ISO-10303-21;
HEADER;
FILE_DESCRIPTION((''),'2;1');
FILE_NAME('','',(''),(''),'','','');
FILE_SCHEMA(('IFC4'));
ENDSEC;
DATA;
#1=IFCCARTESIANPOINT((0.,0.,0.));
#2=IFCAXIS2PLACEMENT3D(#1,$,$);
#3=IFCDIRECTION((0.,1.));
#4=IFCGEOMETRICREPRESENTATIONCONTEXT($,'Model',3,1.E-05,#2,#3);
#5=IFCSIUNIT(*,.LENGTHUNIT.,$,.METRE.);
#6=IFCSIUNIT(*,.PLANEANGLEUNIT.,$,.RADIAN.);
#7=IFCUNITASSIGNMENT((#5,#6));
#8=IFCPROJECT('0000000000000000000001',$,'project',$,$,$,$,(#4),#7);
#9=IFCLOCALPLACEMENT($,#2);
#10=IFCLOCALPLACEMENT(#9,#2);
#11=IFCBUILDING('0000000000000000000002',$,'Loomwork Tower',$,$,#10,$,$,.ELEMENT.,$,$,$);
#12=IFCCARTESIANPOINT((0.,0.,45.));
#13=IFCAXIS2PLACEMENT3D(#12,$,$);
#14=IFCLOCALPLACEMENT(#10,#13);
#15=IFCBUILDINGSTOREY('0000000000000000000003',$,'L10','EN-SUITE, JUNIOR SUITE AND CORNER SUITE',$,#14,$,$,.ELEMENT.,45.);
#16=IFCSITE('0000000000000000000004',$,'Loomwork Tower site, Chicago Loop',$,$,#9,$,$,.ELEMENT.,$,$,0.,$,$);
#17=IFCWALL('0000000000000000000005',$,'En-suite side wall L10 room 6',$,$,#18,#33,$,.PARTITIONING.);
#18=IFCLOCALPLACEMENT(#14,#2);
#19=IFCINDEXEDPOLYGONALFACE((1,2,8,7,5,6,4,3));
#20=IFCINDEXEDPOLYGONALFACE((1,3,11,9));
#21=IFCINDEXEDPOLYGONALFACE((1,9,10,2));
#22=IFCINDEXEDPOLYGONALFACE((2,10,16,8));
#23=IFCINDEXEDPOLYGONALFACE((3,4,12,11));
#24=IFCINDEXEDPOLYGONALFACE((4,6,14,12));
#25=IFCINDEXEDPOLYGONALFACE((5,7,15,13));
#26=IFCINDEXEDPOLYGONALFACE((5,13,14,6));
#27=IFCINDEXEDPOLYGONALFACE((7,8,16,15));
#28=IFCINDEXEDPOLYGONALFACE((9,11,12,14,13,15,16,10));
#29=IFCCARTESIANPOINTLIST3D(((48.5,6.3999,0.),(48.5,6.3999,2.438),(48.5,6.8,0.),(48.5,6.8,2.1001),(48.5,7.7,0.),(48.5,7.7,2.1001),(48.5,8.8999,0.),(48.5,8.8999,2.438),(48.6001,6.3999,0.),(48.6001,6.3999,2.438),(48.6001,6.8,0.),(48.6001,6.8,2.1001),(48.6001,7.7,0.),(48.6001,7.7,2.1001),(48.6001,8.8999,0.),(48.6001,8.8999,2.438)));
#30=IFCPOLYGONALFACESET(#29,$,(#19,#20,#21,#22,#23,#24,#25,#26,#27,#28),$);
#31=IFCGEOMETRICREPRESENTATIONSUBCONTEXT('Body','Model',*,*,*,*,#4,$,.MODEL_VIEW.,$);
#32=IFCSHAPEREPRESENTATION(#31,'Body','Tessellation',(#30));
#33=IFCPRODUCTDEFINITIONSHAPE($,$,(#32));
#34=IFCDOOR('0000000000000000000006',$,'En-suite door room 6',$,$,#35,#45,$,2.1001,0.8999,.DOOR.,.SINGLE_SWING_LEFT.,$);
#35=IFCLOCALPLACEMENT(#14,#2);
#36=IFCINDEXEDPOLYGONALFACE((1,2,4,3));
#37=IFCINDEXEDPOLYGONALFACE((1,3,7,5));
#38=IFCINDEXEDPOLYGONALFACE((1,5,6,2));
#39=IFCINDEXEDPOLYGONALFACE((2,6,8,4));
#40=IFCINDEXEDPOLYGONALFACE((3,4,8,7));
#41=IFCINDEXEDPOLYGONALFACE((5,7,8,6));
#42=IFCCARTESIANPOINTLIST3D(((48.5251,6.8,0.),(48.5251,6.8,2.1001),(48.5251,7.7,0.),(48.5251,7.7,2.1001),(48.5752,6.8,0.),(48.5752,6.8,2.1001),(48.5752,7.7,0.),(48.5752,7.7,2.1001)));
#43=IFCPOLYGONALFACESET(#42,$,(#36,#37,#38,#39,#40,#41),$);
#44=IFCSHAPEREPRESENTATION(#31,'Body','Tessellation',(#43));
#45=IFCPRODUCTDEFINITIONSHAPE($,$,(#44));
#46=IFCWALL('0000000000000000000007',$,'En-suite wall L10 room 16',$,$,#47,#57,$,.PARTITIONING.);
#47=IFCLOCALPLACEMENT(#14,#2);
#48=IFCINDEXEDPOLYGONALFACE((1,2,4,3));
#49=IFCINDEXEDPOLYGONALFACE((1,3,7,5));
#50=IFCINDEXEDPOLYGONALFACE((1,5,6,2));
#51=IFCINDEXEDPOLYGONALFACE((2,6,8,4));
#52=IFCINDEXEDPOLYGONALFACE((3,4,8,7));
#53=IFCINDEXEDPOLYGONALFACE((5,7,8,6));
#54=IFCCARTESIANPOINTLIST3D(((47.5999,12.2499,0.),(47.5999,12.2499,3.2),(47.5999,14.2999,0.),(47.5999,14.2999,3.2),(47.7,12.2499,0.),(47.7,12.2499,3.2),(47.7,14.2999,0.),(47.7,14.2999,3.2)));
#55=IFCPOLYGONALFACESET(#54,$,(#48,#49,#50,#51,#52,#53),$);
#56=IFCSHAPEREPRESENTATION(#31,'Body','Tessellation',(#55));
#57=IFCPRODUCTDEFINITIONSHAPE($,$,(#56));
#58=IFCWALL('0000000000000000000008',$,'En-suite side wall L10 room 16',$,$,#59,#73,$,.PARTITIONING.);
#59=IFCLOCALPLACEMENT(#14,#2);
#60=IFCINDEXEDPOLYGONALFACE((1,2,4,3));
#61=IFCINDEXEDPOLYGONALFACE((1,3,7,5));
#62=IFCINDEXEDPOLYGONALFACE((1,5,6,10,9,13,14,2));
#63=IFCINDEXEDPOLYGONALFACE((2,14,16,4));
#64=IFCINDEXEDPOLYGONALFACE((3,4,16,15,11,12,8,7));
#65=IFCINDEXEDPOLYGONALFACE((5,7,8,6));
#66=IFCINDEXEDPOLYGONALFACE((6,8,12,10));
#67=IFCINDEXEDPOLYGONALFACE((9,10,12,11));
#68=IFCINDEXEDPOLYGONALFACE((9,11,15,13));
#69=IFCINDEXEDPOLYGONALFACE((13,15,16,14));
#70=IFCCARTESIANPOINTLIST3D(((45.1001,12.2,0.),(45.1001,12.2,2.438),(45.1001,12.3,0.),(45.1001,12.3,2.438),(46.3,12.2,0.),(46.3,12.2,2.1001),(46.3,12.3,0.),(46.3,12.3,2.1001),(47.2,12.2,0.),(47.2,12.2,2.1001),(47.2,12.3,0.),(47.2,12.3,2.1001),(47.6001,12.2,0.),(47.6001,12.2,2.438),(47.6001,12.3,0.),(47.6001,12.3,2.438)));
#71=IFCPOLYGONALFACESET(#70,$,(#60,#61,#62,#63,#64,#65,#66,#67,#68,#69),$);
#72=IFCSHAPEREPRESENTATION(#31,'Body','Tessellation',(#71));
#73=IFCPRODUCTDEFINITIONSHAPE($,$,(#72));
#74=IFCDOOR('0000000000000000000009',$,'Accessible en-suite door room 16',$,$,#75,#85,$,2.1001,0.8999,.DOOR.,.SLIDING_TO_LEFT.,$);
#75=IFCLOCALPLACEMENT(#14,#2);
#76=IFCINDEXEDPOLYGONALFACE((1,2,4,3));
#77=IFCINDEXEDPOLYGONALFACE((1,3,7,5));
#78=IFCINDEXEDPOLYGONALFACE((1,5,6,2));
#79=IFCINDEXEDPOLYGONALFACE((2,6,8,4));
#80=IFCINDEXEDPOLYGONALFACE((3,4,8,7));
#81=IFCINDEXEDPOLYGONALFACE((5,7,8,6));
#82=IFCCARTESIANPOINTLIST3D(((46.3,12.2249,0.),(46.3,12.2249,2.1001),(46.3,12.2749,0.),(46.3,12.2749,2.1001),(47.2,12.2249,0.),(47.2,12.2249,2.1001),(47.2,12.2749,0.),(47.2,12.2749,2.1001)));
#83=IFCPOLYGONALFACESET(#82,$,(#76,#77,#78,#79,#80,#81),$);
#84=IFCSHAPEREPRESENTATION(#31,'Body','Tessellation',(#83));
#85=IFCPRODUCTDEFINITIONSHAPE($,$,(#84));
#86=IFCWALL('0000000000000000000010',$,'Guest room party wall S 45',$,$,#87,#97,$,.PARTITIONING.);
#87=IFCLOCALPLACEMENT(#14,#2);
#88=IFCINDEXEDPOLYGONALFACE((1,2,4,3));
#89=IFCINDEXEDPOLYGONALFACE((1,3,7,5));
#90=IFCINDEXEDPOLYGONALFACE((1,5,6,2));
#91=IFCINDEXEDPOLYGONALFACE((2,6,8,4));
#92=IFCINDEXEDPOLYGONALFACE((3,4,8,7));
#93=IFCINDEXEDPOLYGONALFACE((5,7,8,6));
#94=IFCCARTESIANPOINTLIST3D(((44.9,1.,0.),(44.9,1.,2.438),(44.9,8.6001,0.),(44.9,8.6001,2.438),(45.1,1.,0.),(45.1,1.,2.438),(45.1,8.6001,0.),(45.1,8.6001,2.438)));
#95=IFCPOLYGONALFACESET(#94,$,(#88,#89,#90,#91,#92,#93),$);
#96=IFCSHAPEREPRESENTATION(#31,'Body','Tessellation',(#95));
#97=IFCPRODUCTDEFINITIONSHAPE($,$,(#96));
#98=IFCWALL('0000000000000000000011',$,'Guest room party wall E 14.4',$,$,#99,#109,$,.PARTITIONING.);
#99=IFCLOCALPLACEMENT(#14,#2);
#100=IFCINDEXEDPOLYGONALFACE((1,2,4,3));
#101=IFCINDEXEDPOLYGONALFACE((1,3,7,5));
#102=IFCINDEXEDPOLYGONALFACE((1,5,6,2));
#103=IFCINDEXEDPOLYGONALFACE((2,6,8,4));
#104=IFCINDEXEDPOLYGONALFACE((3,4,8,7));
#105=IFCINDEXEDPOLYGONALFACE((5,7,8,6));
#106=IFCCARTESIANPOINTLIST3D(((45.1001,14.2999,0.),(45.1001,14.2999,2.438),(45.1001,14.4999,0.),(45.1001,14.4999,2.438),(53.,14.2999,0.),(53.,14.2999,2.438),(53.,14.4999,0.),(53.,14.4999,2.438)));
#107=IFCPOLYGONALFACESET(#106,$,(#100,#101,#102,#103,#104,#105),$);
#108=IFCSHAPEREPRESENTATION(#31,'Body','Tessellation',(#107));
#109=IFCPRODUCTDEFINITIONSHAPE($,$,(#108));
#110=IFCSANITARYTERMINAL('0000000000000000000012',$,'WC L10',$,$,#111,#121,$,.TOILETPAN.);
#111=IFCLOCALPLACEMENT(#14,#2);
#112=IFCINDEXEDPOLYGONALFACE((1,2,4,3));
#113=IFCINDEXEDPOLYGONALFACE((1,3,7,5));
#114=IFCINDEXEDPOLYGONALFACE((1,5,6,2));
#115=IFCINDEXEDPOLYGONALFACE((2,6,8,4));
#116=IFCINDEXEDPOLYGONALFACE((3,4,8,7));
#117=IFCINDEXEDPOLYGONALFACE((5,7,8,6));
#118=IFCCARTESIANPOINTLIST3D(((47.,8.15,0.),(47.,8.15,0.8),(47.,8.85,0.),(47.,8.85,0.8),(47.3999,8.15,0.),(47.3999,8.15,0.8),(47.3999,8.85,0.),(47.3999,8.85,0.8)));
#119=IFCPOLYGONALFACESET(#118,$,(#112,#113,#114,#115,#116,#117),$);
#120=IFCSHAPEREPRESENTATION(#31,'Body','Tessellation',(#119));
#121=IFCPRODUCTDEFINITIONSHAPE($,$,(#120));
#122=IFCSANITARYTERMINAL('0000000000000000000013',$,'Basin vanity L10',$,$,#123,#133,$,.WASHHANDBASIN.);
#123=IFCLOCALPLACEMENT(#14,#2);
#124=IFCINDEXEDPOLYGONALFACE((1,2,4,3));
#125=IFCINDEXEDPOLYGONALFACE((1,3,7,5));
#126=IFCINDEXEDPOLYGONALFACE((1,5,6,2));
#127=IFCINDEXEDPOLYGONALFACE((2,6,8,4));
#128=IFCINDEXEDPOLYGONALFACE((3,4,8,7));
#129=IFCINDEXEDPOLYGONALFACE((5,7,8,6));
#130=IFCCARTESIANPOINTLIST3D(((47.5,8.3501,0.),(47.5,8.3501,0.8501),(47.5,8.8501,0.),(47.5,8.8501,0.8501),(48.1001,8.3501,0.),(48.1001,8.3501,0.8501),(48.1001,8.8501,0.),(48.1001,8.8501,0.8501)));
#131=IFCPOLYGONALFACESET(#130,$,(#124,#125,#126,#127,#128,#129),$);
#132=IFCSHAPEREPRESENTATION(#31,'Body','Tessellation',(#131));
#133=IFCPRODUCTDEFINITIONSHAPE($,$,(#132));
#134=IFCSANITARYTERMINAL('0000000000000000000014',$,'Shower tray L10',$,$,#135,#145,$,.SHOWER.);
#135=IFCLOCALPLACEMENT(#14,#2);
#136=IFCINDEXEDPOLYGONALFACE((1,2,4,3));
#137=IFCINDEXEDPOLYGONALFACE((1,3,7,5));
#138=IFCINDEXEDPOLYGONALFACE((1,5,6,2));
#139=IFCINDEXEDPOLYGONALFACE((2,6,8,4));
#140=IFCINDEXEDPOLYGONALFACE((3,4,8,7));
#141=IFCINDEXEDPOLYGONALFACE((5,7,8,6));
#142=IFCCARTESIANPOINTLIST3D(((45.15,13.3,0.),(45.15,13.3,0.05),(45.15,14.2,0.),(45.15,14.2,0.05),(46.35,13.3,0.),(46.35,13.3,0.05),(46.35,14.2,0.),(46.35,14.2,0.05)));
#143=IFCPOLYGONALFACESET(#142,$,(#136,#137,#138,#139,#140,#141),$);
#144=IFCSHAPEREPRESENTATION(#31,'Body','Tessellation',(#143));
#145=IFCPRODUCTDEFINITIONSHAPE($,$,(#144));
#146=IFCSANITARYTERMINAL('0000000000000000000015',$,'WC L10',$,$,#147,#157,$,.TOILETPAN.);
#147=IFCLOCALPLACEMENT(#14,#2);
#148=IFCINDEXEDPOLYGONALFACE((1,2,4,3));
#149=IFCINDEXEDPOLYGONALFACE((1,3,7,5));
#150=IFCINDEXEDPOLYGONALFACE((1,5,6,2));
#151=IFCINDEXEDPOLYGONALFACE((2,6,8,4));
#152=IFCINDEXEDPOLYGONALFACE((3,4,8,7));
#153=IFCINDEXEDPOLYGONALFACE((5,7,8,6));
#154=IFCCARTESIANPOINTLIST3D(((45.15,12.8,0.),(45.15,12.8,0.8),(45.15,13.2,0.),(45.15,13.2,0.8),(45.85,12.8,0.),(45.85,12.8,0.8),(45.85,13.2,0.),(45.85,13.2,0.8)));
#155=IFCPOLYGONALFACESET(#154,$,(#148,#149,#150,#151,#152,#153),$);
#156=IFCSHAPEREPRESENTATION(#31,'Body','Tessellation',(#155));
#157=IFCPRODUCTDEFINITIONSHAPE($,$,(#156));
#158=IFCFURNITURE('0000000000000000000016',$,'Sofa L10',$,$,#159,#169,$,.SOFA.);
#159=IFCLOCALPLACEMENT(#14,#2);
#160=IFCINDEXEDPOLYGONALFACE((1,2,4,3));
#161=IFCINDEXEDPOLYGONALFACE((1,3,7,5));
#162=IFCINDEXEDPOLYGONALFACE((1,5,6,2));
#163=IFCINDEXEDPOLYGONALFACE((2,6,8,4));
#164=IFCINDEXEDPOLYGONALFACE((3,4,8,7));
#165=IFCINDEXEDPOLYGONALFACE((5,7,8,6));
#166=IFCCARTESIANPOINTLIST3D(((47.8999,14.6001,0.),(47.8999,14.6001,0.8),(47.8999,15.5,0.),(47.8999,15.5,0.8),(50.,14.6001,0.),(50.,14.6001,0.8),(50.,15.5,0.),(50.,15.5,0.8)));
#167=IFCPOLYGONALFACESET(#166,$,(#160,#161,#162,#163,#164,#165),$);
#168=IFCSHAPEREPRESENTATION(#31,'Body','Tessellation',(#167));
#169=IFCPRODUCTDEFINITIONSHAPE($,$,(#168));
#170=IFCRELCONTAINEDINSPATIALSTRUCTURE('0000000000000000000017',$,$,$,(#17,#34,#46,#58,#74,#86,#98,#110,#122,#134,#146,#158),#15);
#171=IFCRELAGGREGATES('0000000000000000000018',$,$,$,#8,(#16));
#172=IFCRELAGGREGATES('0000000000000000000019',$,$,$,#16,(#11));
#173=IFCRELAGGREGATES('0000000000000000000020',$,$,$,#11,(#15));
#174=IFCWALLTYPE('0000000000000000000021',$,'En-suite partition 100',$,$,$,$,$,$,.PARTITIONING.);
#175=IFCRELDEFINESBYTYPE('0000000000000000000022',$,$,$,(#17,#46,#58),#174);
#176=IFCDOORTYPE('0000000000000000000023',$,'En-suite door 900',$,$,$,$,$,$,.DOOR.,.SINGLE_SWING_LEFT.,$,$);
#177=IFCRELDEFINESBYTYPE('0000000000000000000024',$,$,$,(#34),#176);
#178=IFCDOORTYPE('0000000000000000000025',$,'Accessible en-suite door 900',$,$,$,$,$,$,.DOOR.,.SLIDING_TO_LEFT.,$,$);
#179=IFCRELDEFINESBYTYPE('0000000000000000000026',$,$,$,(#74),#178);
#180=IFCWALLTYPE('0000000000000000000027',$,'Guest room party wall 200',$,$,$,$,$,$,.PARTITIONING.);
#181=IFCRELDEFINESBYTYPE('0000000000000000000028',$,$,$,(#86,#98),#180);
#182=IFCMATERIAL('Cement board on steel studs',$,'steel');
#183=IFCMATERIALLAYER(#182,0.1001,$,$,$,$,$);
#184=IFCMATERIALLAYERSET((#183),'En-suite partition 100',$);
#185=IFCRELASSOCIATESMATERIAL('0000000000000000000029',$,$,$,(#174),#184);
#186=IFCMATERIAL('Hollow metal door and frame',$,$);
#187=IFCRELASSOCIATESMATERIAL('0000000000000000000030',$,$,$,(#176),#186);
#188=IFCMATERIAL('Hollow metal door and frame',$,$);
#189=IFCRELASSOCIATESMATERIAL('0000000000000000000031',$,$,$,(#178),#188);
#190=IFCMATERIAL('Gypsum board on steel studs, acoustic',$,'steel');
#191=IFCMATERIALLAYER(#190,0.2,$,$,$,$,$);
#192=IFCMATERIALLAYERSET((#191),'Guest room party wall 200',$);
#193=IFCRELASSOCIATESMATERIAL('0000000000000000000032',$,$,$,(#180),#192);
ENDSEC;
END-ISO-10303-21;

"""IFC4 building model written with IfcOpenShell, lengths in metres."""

from ifc_helpers import new_model, si_unit, direction, frame, frame_2d, origin, origin_2d, place, context, subcontext, project, spatial, rectangle, extrude, material, layer, layer_set, type_object, element, fill, save


model = new_model("IFC4")

# Units and contexts
model_context = context("Model", 3, precision=1e-05, world=origin(), true_north=direction((0.0, 1.0)))
body_context = subcontext(model_context, "Body", "Model", "MODEL_VIEW")
ifc_project = project(units=[si_unit("LENGTHUNIT", "METRE"), si_unit("PLANEANGLEUNIT", "RADIAN")], contexts=[model_context])

# Site, building, storey
site_placement = place(None, origin())
site = spatial("IfcSite", under=ifc_project, at=site_placement, Name="Loomwork Tower site, Chicago Loop", CompositionType="ELEMENT", RefElevation=0.0)
building_placement = place(site_placement, origin())
building = spatial("IfcBuilding", under=site, at=building_placement, Name="Loomwork Tower", CompositionType="ELEMENT")
storey_placement = place(building_placement, frame((0.0, 0.0, 45.0)))
storey = spatial("IfcBuildingStorey", under=building, at=storey_placement, Name="L10", Description="EN-SUITE, JUNIOR SUITE AND CORNER SUITE", CompositionType="ELEMENT", Elevation=45.0)

# Wall, opening, door
ifc_material_1 = material(Name="Cement board on steel studs", Category="steel")
ifc_layer_1 = layer(ifc_material_1, 0.1001)
ifc_layer_set_1 = layer_set([ifc_layer_1], Name="En-suite partition 100")
wall_type_1 = type_object("IfcWallType", Name="En-suite partition 100", PredefinedType="PARTITIONING", material=ifc_layer_set_1)
wall_1_placement = place(storey_placement, frame((48.55, 8.8999, 0.0), z_axis=(0.0, 0.0, 1.0), x_axis=(0.0, -1.0, 0.0)))
wall_1 = element("IfcWall", 1, at=wall_1_placement, inside=storey, type_object=wall_type_1, Name="En-suite side wall L10 room 6", PredefinedType="PARTITIONING", context=body_context, shape_type="SweptSolid", body=[
    extrude(rectangle(XDim=2.5, YDim=0.1001, at=frame_2d((1.25, 0.0))), origin(), (0.0, 0.0, 1.0), 2.438),
])
opening_1_placement = place(wall_1_placement, frame((1.2, 0.0, 0.0)))
opening_1 = element("IfcOpeningElement", 2, at=opening_1_placement, cuts=wall_1, PredefinedType="OPENING", context=body_context, shape_type="SweptSolid", body=[
    extrude(rectangle(XDim=0.8999, YDim=2.1001, at=frame_2d((0.45, 1.05))), frame((0.0, 0.0601, 0.0), z_axis=(0.0, -1.0, 0.0), x_axis=(1.0, 0.0, 0.0)), (0.0, 0.0, 1.0), 0.1201),
])
ifc_material_2 = material(Name="Hollow metal door and frame")
door_type_1 = type_object("IfcDoorType", Name="En-suite door 900", OperationType="SINGLE_SWING_LEFT", PredefinedType="DOOR", material=ifc_material_2)
door_1_placement = place(opening_1_placement, frame((0.8999, 0.0, 0.0), z_axis=(0.0, 0.0, 1.0), x_axis=(-1.0, 0.0, 0.0)))
door_1 = element("IfcDoor", 3, at=door_1_placement, inside=storey, type_object=door_type_1, Name="En-suite door room 6", OperationType="SINGLE_SWING_LEFT", OverallHeight=2.1001, OverallWidth=0.8999, PredefinedType="DOOR", context=body_context, shape_type="SweptSolid", body=[
    extrude(rectangle(XDim=0.8999, YDim=2.1001, at=frame_2d((0.45, 1.05))), frame((0.0, 0.0249, 0.0), z_axis=(0.0, -1.0, 0.0), x_axis=(1.0, 0.0, 0.0)), (0.0, 0.0, 1.0), 0.05),
])
fill(opening_1, door_1)

# Wall
wall_2_placement = place(storey_placement, frame((47.6499, 12.25, 0.0), z_axis=(0.0, 0.0, 1.0), x_axis=(0.0, 1.0, 0.0)))
element("IfcWall", 4, at=wall_2_placement, inside=storey, type_object=wall_type_1, Name="En-suite wall L10 room 16", PredefinedType="PARTITIONING", context=body_context, shape_type="SweptSolid", body=[
    extrude(rectangle(XDim=2.05, YDim=0.1001, at=frame_2d((1.0249, 0.0))), origin(), (0.0, 0.0, 1.0), 3.2),
])

# Wall, opening, door
wall_3_placement = place(storey_placement, frame((45.1001, 12.25, 0.0), z_axis=(0.0, 0.0, 1.0), x_axis=(1.0, 0.0, 0.0)))
wall_3 = element("IfcWall", 5, at=wall_3_placement, inside=storey, type_object=wall_type_1, Name="En-suite side wall L10 room 16", PredefinedType="PARTITIONING", context=body_context, shape_type="SweptSolid", body=[
    extrude(rectangle(XDim=2.5, YDim=0.1001, at=frame_2d((1.25, 0.0))), origin(), (0.0, 0.0, 1.0), 2.438),
])
opening_2_placement = place(wall_3_placement, frame((1.2, 0.0, 0.0)))
opening_2 = element("IfcOpeningElement", 6, at=opening_2_placement, cuts=wall_3, PredefinedType="OPENING", context=body_context, shape_type="SweptSolid", body=[
    extrude(rectangle(XDim=0.8999, YDim=2.1001, at=frame_2d((0.45, 1.05))), frame((0.0, 0.0601, 0.0), z_axis=(0.0, -1.0, 0.0), x_axis=(1.0, 0.0, 0.0)), (0.0, 0.0, 1.0), 0.1201),
])
ifc_material_3 = material(Name="Hollow metal door and frame")
door_type_2 = type_object("IfcDoorType", Name="Accessible en-suite door 900", OperationType="SLIDING_TO_LEFT", PredefinedType="DOOR", material=ifc_material_3)
door_2_placement = place(opening_2_placement, origin())
door_2 = element("IfcDoor", 7, at=door_2_placement, inside=storey, type_object=door_type_2, Name="Accessible en-suite door room 16", OperationType="SLIDING_TO_LEFT", OverallHeight=2.1001, OverallWidth=0.8999, PredefinedType="DOOR", context=body_context, shape_type="SweptSolid", body=[
    extrude(rectangle(XDim=0.8999, YDim=2.1001, at=frame_2d((0.45, 1.05))), frame((0.0, 0.0249, 0.0), z_axis=(0.0, -1.0, 0.0), x_axis=(1.0, 0.0, 0.0)), (0.0, 0.0, 1.0), 0.05),
])
fill(opening_2, door_2)

# Walls
ifc_material_4 = material(Name="Gypsum board on steel studs, acoustic", Category="steel")
ifc_layer_2 = layer(ifc_material_4, 0.2)
ifc_layer_set_2 = layer_set([ifc_layer_2], Name="Guest room party wall 200")
wall_type_2 = type_object("IfcWallType", Name="Guest room party wall 200", PredefinedType="PARTITIONING", material=ifc_layer_set_2)
wall_4_placement = place(storey_placement, frame((45.0, 8.6001, 0.0), z_axis=(0.0, 0.0, 1.0), x_axis=(0.0, -1.0, 0.0)))
element("IfcWall", 8, at=wall_4_placement, inside=storey, type_object=wall_type_2, Name="Guest room party wall S 45", PredefinedType="PARTITIONING", context=body_context, shape_type="SweptSolid", body=[
    extrude(rectangle(XDim=7.6001, YDim=0.2, at=frame_2d((3.8, 0.0))), origin(), (0.0, 0.0, 1.0), 2.438),
])
wall_5_placement = place(storey_placement, frame((45.1001, 14.3999, 0.0), z_axis=(0.0, 0.0, 1.0), x_axis=(1.0, 0.0, 0.0)))
element("IfcWall", 9, at=wall_5_placement, inside=storey, type_object=wall_type_2, Name="Guest room party wall E 14.4", PredefinedType="PARTITIONING", context=body_context, shape_type="SweptSolid", body=[
    extrude(rectangle(XDim=7.8999, YDim=0.2, at=frame_2d((3.95, 0.0))), origin(), (0.0, 0.0, 1.0), 2.438),
])

# Sanitary terminals
sanitary_terminal_1_placement = place(storey_placement, frame((47.2, 8.5, 0.0), z_axis=(0.0, 0.0, 1.0), x_axis=(1.0, 0.0, 0.0)))
element("IfcSanitaryTerminal", 10, at=sanitary_terminal_1_placement, inside=storey, Name="WC L10", PredefinedType="TOILETPAN", context=body_context, shape_type="SweptSolid", body=[
    extrude(rectangle(XDim=0.3999, YDim=0.7, at=origin_2d()), origin(), (0.0, 0.0, 1.0), 0.8),
])
sanitary_terminal_2_placement = place(storey_placement, frame((47.8, 8.6001, 0.0), z_axis=(0.0, 0.0, 1.0), x_axis=(1.0, 0.0, 0.0)))
element("IfcSanitaryTerminal", 11, at=sanitary_terminal_2_placement, inside=storey, Name="Basin vanity L10", PredefinedType="WASHHANDBASIN", context=body_context, shape_type="SweptSolid", body=[
    extrude(rectangle(XDim=0.6001, YDim=0.5, at=origin_2d()), origin(), (0.0, 0.0, 1.0), 0.8501),
])
sanitary_terminal_3_placement = place(storey_placement, frame((45.75, 13.75, 0.0), z_axis=(0.0, 0.0, 1.0), x_axis=(1.0, 0.0, 0.0)))
element("IfcSanitaryTerminal", 12, at=sanitary_terminal_3_placement, inside=storey, Name="Shower tray L10", PredefinedType="SHOWER", context=body_context, shape_type="SweptSolid", body=[
    extrude(rectangle(XDim=1.2, YDim=0.8999, at=origin_2d()), origin(), (0.0, 0.0, 1.0), 0.05),
])
sanitary_terminal_4_placement = place(storey_placement, frame((45.5, 13.0, 0.0), z_axis=(0.0, 0.0, 1.0), x_axis=(1.0, 0.0, 0.0)))
element("IfcSanitaryTerminal", 13, at=sanitary_terminal_4_placement, inside=storey, Name="WC L10", PredefinedType="TOILETPAN", context=body_context, shape_type="SweptSolid", body=[
    extrude(rectangle(XDim=0.7, YDim=0.3999, at=origin_2d()), origin(), (0.0, 0.0, 1.0), 0.8),
])

# Furniture
furniture_placement = place(storey_placement, frame((48.95, 15.05, 0.0), z_axis=(0.0, 0.0, 1.0), x_axis=(1.0, 0.0, 0.0)))
element("IfcFurniture", 14, at=furniture_placement, inside=storey, Name="Sofa L10", PredefinedType="SOFA", context=body_context, shape_type="SweptSolid", body=[
    extrude(rectangle(XDim=2.1001, YDim=0.8999, at=origin_2d()), origin(), (0.0, 0.0, 1.0), 0.8),
])

save(model, "model.ifc")
